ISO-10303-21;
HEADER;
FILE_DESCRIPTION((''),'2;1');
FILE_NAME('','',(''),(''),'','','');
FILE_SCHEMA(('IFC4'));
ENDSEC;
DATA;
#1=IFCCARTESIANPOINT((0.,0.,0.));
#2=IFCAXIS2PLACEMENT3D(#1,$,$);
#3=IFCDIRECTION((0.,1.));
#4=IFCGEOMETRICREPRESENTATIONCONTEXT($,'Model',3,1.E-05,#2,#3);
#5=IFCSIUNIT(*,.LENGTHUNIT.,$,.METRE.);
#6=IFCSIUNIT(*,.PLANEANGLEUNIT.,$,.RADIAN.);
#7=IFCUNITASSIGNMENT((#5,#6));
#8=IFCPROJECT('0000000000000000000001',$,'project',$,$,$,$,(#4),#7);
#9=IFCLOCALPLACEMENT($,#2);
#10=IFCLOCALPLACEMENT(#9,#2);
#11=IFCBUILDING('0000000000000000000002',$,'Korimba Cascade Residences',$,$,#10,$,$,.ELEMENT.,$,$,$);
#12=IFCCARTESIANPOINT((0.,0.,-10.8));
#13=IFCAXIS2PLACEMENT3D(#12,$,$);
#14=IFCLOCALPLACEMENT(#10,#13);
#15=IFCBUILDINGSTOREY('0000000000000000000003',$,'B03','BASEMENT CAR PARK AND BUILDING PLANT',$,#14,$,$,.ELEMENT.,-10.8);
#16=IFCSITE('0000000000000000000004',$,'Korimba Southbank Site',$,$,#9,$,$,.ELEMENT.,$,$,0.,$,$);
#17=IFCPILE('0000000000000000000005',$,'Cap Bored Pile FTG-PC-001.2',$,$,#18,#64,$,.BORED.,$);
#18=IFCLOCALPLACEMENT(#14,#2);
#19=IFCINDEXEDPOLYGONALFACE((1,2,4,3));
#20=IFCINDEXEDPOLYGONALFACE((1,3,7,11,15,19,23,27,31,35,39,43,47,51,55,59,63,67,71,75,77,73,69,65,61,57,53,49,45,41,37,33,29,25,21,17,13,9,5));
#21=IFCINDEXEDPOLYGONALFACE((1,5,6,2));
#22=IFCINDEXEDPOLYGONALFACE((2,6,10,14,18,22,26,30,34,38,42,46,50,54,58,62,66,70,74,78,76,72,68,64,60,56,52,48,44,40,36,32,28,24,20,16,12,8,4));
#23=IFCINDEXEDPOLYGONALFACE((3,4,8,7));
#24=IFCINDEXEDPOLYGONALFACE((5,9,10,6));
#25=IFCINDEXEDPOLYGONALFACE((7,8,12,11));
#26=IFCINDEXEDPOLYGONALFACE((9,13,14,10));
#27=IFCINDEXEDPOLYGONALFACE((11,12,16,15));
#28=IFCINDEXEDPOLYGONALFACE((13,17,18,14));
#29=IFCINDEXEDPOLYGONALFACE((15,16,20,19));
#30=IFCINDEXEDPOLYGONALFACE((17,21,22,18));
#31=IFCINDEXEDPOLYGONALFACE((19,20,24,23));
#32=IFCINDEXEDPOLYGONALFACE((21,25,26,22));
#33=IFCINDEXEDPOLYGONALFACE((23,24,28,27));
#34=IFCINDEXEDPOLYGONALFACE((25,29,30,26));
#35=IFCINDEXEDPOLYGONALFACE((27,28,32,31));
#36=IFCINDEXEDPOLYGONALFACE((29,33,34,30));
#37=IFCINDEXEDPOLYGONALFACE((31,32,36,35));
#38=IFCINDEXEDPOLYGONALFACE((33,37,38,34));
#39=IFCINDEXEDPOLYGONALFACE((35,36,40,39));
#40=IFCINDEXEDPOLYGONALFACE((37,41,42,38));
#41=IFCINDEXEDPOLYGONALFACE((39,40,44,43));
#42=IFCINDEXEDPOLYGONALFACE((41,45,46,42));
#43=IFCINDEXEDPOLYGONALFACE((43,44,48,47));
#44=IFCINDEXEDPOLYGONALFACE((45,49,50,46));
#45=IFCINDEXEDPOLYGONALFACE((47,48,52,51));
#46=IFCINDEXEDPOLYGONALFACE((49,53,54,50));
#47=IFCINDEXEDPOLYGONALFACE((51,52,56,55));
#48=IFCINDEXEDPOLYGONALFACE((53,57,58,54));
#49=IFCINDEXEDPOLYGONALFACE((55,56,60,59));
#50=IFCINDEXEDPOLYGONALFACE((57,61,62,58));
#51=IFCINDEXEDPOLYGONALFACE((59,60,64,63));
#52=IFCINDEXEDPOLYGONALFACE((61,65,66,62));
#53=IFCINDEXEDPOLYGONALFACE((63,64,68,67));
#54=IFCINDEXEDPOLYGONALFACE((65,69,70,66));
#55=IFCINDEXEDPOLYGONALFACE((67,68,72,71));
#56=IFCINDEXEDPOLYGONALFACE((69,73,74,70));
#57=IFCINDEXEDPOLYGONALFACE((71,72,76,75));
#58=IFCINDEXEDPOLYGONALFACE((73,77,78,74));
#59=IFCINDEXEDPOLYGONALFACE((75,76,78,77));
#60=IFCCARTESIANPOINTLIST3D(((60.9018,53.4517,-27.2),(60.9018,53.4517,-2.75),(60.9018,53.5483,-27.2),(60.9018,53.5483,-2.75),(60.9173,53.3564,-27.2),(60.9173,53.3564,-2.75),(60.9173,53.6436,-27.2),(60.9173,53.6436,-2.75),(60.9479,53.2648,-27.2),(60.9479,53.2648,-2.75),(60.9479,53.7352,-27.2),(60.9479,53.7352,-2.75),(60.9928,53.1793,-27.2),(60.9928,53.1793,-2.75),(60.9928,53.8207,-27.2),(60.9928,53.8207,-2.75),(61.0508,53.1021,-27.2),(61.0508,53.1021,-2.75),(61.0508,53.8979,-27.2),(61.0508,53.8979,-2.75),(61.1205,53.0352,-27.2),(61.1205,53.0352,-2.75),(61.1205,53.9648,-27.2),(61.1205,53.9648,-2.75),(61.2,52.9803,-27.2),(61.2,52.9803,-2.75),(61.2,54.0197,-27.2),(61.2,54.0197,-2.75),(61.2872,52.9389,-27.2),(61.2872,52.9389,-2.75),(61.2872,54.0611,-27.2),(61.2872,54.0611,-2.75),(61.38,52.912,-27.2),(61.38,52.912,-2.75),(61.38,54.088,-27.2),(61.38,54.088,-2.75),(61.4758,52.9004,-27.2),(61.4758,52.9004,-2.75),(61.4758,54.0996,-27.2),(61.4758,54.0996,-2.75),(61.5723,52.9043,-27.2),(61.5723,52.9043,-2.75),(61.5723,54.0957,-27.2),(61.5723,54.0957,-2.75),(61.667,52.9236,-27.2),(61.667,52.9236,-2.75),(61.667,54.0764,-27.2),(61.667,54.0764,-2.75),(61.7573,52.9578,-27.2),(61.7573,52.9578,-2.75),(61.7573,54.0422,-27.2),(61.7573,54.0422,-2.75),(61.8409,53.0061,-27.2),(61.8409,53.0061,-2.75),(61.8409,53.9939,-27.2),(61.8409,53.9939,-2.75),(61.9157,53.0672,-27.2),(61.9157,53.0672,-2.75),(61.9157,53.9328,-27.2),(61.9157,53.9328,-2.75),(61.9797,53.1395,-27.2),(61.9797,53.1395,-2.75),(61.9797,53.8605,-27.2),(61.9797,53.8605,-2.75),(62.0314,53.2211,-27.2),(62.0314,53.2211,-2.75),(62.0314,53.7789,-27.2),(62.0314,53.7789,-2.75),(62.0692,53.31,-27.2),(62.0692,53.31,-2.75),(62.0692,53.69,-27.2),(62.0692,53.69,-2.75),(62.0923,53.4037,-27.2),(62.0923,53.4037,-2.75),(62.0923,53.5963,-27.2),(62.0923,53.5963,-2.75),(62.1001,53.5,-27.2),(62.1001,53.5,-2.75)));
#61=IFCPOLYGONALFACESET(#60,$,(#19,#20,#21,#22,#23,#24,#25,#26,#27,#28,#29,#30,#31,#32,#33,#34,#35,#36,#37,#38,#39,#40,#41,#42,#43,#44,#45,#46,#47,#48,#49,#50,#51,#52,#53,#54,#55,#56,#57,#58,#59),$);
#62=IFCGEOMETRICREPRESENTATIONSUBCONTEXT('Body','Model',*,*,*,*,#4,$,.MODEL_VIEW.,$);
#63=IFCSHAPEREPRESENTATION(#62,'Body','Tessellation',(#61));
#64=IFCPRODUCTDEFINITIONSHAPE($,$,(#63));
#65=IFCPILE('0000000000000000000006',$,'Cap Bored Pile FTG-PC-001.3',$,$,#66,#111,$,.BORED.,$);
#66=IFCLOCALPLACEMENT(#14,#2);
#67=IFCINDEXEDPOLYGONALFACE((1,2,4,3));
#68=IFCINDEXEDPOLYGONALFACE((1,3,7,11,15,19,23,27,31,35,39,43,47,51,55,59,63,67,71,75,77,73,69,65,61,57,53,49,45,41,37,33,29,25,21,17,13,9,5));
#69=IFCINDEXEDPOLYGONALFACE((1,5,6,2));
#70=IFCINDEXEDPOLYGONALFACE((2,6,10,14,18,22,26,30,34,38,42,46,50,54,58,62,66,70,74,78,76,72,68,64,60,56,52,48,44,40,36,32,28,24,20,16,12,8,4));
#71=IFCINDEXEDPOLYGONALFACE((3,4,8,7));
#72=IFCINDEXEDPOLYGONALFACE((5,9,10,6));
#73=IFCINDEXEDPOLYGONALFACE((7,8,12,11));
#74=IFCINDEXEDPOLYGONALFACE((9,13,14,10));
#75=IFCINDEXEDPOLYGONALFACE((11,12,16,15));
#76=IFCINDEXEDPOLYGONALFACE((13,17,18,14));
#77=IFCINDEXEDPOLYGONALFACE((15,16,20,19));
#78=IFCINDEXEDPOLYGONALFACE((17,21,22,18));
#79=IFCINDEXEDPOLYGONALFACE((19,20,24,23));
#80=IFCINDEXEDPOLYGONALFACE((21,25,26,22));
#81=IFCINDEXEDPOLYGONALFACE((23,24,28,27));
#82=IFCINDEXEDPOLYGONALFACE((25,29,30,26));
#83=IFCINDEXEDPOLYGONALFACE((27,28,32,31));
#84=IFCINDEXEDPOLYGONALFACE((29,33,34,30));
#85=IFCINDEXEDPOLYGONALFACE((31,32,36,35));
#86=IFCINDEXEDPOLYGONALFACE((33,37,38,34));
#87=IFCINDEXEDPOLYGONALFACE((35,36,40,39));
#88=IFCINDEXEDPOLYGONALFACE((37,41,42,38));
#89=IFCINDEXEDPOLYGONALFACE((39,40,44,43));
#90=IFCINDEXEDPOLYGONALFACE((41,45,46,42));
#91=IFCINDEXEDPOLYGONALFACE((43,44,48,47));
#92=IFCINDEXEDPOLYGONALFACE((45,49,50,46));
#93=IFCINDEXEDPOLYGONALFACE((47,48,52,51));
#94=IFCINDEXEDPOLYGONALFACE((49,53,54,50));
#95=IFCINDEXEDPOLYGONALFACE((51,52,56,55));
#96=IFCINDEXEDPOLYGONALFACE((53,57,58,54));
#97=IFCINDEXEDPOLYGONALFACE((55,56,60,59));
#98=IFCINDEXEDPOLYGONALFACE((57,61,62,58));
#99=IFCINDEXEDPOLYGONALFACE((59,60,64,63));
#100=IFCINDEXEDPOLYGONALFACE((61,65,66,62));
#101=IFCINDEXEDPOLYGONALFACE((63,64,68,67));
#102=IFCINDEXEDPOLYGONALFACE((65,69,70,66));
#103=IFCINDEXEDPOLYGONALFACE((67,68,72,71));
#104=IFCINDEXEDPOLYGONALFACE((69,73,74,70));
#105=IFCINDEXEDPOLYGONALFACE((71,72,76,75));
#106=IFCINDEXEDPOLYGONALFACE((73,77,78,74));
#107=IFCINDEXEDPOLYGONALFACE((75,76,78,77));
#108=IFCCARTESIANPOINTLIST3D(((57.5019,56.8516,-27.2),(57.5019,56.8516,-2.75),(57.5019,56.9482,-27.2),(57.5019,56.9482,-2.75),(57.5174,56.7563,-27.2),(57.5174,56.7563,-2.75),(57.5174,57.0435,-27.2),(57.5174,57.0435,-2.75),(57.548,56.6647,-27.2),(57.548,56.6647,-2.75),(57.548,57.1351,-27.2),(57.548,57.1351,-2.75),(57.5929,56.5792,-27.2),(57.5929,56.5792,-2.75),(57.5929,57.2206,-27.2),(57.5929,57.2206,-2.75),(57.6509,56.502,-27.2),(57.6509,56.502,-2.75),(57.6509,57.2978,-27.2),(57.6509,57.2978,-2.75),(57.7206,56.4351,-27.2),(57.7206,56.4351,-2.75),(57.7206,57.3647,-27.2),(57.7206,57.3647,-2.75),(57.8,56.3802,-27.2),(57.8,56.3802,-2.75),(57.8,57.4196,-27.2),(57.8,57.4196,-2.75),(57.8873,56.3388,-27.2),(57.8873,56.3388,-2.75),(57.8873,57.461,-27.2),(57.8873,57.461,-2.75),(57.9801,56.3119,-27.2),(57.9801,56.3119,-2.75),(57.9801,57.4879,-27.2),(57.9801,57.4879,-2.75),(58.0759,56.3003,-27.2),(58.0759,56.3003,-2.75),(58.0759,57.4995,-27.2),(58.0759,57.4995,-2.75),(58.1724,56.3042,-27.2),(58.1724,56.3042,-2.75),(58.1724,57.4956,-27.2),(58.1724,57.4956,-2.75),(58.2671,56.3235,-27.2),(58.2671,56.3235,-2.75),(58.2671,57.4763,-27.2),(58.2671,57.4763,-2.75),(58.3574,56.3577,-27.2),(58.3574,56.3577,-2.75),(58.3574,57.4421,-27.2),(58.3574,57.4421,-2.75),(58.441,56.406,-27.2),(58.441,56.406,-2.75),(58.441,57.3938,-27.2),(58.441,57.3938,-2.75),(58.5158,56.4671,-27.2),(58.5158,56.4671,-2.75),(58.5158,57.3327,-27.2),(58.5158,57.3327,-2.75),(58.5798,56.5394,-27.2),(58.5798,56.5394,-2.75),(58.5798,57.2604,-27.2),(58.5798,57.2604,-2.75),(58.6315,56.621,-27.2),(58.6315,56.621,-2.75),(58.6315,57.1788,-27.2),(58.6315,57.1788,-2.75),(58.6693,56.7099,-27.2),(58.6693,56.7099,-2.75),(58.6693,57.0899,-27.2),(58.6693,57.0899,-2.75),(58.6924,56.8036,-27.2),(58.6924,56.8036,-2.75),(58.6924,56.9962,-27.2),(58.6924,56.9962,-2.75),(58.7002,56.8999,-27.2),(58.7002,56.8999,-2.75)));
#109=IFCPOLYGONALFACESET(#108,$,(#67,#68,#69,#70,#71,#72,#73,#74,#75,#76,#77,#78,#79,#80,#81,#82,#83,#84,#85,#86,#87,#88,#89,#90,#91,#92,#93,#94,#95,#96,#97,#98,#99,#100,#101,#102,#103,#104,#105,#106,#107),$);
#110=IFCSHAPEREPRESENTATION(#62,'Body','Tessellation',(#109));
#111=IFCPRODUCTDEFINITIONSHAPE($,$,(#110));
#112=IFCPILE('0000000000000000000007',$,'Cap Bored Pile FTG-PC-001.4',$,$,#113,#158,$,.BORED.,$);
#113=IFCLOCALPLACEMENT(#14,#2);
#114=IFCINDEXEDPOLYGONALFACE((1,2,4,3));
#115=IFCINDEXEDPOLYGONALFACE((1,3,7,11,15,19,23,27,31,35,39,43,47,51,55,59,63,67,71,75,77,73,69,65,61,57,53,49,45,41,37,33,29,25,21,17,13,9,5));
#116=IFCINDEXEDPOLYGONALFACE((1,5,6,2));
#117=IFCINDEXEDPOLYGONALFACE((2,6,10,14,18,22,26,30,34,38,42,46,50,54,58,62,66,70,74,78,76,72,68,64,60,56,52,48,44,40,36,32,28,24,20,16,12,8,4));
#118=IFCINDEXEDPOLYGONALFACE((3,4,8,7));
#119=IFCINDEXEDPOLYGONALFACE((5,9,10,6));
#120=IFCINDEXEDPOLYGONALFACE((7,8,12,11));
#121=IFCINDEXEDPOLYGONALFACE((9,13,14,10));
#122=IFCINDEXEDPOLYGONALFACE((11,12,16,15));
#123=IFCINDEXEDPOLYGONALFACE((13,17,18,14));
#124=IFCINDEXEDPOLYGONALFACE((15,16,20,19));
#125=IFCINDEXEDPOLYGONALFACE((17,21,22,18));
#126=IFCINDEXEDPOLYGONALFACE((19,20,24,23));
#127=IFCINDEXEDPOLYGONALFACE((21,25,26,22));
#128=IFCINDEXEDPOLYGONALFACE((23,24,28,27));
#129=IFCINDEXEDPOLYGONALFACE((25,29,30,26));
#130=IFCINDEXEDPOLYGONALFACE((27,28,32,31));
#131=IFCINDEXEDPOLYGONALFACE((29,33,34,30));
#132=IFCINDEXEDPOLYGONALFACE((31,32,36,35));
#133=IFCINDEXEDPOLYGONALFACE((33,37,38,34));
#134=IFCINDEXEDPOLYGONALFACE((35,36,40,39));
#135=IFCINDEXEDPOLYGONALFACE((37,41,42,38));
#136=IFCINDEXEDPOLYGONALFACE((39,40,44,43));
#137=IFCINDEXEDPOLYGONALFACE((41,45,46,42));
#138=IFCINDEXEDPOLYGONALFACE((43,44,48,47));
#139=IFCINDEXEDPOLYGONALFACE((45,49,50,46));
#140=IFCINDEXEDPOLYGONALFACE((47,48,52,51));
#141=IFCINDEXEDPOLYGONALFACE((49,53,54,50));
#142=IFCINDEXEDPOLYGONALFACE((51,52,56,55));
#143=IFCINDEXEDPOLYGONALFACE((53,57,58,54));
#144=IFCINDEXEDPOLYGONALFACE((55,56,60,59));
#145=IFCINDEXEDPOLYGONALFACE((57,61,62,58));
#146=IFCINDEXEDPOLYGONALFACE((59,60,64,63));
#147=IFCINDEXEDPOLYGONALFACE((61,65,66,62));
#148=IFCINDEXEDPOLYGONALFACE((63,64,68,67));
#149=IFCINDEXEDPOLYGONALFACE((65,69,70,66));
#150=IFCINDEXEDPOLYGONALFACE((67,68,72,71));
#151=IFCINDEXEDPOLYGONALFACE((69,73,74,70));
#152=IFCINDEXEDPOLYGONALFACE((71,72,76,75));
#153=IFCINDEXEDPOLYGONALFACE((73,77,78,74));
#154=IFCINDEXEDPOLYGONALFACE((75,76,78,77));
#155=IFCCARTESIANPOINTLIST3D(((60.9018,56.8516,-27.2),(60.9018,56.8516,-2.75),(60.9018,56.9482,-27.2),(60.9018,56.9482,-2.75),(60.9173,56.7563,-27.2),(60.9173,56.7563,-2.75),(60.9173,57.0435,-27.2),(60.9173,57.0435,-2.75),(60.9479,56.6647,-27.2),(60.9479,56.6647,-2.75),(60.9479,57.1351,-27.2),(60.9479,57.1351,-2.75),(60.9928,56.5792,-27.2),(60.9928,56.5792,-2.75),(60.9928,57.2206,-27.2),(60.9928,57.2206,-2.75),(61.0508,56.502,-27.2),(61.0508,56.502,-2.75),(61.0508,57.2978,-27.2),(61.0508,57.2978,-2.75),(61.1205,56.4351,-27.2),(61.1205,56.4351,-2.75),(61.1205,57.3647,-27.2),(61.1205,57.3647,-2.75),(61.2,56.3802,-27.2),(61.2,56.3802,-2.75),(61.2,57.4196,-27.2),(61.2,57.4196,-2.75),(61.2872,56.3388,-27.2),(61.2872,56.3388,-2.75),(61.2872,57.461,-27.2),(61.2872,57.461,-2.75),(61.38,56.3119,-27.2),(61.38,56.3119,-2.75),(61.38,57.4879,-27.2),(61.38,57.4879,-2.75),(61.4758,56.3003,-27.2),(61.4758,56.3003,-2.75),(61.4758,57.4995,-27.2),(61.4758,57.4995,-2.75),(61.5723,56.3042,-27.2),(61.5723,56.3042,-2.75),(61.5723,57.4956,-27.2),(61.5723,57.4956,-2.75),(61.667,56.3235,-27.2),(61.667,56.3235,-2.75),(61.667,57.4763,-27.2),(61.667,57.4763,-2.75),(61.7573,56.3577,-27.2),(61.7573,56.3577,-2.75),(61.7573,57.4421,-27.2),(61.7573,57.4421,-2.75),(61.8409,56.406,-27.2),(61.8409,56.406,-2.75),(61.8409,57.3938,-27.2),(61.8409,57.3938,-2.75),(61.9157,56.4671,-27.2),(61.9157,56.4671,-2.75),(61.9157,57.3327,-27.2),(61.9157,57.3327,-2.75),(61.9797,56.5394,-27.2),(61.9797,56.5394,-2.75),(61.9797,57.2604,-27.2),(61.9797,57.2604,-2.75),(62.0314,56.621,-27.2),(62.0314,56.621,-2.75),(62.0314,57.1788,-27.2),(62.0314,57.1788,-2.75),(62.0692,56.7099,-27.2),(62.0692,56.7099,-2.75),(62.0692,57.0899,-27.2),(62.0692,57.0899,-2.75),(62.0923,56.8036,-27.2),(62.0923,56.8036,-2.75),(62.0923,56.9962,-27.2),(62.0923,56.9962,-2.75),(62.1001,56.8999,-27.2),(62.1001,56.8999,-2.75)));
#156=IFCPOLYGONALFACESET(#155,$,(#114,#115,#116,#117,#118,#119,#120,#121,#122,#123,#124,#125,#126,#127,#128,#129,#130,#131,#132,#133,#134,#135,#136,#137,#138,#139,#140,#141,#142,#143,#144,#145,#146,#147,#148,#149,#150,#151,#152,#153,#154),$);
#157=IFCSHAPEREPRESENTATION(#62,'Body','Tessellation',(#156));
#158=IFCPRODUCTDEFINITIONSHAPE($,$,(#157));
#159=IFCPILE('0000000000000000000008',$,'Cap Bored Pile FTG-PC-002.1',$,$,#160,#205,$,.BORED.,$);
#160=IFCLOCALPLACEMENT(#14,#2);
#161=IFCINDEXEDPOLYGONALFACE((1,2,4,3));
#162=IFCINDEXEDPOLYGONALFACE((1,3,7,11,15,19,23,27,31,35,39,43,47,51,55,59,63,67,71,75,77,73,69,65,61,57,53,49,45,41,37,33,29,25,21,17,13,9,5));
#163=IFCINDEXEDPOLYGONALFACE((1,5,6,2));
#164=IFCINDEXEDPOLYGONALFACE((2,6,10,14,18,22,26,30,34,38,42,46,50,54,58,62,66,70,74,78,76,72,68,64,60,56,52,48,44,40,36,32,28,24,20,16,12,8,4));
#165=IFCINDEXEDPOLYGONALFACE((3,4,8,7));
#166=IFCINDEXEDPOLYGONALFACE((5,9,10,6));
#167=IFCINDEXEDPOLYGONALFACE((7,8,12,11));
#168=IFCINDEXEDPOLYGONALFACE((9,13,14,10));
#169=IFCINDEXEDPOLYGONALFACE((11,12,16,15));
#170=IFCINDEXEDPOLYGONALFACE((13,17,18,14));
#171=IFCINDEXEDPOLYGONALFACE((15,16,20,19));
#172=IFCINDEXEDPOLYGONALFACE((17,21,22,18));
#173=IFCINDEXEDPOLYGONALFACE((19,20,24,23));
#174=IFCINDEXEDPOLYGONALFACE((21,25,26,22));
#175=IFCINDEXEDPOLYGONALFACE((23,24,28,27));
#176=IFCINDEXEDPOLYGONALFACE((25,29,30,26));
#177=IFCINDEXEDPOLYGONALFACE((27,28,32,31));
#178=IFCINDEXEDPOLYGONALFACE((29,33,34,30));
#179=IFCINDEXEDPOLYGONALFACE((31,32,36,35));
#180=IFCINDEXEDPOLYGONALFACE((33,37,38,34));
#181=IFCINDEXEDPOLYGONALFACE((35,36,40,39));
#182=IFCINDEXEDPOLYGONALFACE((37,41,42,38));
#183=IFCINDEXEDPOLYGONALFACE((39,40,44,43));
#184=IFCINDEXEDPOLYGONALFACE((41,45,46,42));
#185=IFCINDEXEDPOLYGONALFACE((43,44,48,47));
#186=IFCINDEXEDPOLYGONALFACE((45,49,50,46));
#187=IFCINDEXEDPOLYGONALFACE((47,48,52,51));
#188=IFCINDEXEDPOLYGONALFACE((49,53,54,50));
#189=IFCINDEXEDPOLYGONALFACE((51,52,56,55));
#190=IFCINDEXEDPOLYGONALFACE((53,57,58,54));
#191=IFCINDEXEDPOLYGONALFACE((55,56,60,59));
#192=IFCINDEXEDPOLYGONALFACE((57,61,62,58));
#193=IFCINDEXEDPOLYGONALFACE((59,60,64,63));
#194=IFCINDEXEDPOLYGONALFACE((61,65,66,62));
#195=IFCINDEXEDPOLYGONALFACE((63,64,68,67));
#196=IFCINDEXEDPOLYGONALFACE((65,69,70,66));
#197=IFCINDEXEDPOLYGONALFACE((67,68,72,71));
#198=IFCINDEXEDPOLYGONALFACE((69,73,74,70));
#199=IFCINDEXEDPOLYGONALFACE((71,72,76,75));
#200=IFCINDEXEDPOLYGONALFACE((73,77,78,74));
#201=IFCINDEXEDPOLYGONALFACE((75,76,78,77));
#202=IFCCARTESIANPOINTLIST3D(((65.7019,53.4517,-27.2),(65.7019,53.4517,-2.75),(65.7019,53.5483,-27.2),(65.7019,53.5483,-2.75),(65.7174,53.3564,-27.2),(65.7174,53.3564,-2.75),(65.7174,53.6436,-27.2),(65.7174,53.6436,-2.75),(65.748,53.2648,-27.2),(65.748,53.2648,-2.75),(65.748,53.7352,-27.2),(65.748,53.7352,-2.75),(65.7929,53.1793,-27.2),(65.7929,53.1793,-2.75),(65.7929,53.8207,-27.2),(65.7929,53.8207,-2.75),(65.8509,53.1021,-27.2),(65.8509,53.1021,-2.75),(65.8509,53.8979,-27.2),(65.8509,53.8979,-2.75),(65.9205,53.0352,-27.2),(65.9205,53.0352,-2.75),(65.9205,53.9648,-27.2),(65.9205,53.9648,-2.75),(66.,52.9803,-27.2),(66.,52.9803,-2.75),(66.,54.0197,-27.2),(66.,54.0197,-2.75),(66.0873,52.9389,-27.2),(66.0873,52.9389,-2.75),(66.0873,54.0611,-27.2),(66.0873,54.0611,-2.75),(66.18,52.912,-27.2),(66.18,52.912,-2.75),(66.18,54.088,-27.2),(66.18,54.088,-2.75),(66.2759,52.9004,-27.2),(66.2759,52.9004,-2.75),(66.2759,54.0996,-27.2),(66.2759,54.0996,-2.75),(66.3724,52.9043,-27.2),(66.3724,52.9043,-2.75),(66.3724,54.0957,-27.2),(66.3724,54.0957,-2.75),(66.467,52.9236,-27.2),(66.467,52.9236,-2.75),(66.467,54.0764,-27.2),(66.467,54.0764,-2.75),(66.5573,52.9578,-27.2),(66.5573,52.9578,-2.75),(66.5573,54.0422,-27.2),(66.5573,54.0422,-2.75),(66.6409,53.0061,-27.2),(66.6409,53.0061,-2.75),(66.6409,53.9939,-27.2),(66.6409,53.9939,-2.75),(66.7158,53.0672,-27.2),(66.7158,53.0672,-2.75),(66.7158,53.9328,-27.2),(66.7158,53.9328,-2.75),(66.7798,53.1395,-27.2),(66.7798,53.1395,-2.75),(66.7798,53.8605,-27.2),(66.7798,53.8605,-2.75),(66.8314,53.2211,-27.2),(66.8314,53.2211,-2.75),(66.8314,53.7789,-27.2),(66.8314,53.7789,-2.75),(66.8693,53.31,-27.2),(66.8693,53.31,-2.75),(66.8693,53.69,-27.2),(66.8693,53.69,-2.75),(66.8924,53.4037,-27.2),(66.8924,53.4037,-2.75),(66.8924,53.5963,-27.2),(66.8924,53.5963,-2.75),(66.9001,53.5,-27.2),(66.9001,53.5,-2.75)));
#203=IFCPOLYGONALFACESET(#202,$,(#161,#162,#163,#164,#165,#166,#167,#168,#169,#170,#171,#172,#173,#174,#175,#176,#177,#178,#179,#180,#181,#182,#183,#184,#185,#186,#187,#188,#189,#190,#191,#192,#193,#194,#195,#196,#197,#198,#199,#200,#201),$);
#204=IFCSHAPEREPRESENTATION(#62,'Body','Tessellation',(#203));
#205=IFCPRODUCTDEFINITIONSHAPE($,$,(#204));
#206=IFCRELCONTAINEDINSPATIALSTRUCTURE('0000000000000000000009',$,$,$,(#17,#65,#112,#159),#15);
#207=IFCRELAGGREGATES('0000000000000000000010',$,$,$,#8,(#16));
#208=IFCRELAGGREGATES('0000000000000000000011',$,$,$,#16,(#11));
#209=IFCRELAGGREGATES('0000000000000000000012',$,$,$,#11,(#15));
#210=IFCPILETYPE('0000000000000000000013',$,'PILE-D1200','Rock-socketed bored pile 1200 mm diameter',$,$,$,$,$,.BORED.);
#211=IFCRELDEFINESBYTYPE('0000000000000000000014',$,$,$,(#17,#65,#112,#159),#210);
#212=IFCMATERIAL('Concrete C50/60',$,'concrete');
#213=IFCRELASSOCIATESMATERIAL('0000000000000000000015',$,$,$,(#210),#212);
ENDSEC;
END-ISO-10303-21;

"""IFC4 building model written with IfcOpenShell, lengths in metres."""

from ifc_helpers import new_model, si_unit, direction, frame, origin, origin_2d, place, context, subcontext, project, spatial, circle, extrude, material, material_profile, profile_set, type_object, element, save


model = new_model("IFC4")

# Units and contexts
model_context = context("Model", 3, precision=1e-05, world=origin(), true_north=direction((0.0, 1.0)))
body_context = subcontext(model_context, "Body", "Model", "MODEL_VIEW")
ifc_project = project(units=[si_unit("LENGTHUNIT", "METRE"), si_unit("PLANEANGLEUNIT", "RADIAN")], contexts=[model_context])

# Site, building, storey
site_placement = place(None, origin())
site = spatial("IfcSite", under=ifc_project, at=site_placement, Name="Korimba Southbank Site", CompositionType="ELEMENT", RefElevation=0.0)
building_placement = place(site_placement, origin())
building = spatial("IfcBuilding", under=site, at=building_placement, Name="Korimba Cascade Residences", CompositionType="ELEMENT")
storey_placement = place(building_placement, frame((0.0, 0.0, -10.8)))
storey = spatial("IfcBuildingStorey", under=building, at=storey_placement, Name="B03", Description="BASEMENT CAR PARK AND BUILDING PLANT", CompositionType="ELEMENT", Elevation=-10.8)

# Piles
ifc_material_1 = material(Name="Concrete C50/60", Category="concrete")
ifc_material_profile_1 = material_profile(ifc_material_1, circle(Radius=0.6001, at=origin_2d()), Name="Concrete C50/60")
ifc_profile_set_1 = profile_set([ifc_material_profile_1], Name="Concrete C50/60")
pile_type = type_object("IfcPileType", Name="PILE-D1200", Description="Rock-socketed bored pile 1200 mm diameter", PredefinedType="BORED", material=ifc_profile_set_1)
for number, where, z_axis, x_axis, name in (
    (1, (61.5, 53.5, -2.75), (0.0, 0.0, -1.0), (1.0, 0.0, 0.0), "Cap Bored Pile FTG-PC-001.2"),
    (2, (58.1001, 56.8999, -2.75), (0.0, 0.0, -1.0), (1.0, 0.0, 0.0), "Cap Bored Pile FTG-PC-001.3"),
    (3, (61.5, 56.8999, -2.75), (0.0, 0.0, -1.0), (1.0, 0.0, 0.0), "Cap Bored Pile FTG-PC-001.4"),
    (4, (66.3, 53.5, -2.75), (0.0, 0.0, -1.0), (1.0, 0.0, 0.0), "Cap Bored Pile FTG-PC-002.1"),
):
    element("IfcPile", number, at=place(storey_placement, frame(where, z_axis=z_axis, x_axis=x_axis)), inside=storey, type_object=pile_type, Name=name, PredefinedType="BORED", context=body_context, shape_type="SweptSolid", body=[
        extrude(circle(Radius=0.6001, at=origin_2d()), origin(), (0.0, 0.0, 1.0), 24.45),
    ])

save(model, "model.ifc")
